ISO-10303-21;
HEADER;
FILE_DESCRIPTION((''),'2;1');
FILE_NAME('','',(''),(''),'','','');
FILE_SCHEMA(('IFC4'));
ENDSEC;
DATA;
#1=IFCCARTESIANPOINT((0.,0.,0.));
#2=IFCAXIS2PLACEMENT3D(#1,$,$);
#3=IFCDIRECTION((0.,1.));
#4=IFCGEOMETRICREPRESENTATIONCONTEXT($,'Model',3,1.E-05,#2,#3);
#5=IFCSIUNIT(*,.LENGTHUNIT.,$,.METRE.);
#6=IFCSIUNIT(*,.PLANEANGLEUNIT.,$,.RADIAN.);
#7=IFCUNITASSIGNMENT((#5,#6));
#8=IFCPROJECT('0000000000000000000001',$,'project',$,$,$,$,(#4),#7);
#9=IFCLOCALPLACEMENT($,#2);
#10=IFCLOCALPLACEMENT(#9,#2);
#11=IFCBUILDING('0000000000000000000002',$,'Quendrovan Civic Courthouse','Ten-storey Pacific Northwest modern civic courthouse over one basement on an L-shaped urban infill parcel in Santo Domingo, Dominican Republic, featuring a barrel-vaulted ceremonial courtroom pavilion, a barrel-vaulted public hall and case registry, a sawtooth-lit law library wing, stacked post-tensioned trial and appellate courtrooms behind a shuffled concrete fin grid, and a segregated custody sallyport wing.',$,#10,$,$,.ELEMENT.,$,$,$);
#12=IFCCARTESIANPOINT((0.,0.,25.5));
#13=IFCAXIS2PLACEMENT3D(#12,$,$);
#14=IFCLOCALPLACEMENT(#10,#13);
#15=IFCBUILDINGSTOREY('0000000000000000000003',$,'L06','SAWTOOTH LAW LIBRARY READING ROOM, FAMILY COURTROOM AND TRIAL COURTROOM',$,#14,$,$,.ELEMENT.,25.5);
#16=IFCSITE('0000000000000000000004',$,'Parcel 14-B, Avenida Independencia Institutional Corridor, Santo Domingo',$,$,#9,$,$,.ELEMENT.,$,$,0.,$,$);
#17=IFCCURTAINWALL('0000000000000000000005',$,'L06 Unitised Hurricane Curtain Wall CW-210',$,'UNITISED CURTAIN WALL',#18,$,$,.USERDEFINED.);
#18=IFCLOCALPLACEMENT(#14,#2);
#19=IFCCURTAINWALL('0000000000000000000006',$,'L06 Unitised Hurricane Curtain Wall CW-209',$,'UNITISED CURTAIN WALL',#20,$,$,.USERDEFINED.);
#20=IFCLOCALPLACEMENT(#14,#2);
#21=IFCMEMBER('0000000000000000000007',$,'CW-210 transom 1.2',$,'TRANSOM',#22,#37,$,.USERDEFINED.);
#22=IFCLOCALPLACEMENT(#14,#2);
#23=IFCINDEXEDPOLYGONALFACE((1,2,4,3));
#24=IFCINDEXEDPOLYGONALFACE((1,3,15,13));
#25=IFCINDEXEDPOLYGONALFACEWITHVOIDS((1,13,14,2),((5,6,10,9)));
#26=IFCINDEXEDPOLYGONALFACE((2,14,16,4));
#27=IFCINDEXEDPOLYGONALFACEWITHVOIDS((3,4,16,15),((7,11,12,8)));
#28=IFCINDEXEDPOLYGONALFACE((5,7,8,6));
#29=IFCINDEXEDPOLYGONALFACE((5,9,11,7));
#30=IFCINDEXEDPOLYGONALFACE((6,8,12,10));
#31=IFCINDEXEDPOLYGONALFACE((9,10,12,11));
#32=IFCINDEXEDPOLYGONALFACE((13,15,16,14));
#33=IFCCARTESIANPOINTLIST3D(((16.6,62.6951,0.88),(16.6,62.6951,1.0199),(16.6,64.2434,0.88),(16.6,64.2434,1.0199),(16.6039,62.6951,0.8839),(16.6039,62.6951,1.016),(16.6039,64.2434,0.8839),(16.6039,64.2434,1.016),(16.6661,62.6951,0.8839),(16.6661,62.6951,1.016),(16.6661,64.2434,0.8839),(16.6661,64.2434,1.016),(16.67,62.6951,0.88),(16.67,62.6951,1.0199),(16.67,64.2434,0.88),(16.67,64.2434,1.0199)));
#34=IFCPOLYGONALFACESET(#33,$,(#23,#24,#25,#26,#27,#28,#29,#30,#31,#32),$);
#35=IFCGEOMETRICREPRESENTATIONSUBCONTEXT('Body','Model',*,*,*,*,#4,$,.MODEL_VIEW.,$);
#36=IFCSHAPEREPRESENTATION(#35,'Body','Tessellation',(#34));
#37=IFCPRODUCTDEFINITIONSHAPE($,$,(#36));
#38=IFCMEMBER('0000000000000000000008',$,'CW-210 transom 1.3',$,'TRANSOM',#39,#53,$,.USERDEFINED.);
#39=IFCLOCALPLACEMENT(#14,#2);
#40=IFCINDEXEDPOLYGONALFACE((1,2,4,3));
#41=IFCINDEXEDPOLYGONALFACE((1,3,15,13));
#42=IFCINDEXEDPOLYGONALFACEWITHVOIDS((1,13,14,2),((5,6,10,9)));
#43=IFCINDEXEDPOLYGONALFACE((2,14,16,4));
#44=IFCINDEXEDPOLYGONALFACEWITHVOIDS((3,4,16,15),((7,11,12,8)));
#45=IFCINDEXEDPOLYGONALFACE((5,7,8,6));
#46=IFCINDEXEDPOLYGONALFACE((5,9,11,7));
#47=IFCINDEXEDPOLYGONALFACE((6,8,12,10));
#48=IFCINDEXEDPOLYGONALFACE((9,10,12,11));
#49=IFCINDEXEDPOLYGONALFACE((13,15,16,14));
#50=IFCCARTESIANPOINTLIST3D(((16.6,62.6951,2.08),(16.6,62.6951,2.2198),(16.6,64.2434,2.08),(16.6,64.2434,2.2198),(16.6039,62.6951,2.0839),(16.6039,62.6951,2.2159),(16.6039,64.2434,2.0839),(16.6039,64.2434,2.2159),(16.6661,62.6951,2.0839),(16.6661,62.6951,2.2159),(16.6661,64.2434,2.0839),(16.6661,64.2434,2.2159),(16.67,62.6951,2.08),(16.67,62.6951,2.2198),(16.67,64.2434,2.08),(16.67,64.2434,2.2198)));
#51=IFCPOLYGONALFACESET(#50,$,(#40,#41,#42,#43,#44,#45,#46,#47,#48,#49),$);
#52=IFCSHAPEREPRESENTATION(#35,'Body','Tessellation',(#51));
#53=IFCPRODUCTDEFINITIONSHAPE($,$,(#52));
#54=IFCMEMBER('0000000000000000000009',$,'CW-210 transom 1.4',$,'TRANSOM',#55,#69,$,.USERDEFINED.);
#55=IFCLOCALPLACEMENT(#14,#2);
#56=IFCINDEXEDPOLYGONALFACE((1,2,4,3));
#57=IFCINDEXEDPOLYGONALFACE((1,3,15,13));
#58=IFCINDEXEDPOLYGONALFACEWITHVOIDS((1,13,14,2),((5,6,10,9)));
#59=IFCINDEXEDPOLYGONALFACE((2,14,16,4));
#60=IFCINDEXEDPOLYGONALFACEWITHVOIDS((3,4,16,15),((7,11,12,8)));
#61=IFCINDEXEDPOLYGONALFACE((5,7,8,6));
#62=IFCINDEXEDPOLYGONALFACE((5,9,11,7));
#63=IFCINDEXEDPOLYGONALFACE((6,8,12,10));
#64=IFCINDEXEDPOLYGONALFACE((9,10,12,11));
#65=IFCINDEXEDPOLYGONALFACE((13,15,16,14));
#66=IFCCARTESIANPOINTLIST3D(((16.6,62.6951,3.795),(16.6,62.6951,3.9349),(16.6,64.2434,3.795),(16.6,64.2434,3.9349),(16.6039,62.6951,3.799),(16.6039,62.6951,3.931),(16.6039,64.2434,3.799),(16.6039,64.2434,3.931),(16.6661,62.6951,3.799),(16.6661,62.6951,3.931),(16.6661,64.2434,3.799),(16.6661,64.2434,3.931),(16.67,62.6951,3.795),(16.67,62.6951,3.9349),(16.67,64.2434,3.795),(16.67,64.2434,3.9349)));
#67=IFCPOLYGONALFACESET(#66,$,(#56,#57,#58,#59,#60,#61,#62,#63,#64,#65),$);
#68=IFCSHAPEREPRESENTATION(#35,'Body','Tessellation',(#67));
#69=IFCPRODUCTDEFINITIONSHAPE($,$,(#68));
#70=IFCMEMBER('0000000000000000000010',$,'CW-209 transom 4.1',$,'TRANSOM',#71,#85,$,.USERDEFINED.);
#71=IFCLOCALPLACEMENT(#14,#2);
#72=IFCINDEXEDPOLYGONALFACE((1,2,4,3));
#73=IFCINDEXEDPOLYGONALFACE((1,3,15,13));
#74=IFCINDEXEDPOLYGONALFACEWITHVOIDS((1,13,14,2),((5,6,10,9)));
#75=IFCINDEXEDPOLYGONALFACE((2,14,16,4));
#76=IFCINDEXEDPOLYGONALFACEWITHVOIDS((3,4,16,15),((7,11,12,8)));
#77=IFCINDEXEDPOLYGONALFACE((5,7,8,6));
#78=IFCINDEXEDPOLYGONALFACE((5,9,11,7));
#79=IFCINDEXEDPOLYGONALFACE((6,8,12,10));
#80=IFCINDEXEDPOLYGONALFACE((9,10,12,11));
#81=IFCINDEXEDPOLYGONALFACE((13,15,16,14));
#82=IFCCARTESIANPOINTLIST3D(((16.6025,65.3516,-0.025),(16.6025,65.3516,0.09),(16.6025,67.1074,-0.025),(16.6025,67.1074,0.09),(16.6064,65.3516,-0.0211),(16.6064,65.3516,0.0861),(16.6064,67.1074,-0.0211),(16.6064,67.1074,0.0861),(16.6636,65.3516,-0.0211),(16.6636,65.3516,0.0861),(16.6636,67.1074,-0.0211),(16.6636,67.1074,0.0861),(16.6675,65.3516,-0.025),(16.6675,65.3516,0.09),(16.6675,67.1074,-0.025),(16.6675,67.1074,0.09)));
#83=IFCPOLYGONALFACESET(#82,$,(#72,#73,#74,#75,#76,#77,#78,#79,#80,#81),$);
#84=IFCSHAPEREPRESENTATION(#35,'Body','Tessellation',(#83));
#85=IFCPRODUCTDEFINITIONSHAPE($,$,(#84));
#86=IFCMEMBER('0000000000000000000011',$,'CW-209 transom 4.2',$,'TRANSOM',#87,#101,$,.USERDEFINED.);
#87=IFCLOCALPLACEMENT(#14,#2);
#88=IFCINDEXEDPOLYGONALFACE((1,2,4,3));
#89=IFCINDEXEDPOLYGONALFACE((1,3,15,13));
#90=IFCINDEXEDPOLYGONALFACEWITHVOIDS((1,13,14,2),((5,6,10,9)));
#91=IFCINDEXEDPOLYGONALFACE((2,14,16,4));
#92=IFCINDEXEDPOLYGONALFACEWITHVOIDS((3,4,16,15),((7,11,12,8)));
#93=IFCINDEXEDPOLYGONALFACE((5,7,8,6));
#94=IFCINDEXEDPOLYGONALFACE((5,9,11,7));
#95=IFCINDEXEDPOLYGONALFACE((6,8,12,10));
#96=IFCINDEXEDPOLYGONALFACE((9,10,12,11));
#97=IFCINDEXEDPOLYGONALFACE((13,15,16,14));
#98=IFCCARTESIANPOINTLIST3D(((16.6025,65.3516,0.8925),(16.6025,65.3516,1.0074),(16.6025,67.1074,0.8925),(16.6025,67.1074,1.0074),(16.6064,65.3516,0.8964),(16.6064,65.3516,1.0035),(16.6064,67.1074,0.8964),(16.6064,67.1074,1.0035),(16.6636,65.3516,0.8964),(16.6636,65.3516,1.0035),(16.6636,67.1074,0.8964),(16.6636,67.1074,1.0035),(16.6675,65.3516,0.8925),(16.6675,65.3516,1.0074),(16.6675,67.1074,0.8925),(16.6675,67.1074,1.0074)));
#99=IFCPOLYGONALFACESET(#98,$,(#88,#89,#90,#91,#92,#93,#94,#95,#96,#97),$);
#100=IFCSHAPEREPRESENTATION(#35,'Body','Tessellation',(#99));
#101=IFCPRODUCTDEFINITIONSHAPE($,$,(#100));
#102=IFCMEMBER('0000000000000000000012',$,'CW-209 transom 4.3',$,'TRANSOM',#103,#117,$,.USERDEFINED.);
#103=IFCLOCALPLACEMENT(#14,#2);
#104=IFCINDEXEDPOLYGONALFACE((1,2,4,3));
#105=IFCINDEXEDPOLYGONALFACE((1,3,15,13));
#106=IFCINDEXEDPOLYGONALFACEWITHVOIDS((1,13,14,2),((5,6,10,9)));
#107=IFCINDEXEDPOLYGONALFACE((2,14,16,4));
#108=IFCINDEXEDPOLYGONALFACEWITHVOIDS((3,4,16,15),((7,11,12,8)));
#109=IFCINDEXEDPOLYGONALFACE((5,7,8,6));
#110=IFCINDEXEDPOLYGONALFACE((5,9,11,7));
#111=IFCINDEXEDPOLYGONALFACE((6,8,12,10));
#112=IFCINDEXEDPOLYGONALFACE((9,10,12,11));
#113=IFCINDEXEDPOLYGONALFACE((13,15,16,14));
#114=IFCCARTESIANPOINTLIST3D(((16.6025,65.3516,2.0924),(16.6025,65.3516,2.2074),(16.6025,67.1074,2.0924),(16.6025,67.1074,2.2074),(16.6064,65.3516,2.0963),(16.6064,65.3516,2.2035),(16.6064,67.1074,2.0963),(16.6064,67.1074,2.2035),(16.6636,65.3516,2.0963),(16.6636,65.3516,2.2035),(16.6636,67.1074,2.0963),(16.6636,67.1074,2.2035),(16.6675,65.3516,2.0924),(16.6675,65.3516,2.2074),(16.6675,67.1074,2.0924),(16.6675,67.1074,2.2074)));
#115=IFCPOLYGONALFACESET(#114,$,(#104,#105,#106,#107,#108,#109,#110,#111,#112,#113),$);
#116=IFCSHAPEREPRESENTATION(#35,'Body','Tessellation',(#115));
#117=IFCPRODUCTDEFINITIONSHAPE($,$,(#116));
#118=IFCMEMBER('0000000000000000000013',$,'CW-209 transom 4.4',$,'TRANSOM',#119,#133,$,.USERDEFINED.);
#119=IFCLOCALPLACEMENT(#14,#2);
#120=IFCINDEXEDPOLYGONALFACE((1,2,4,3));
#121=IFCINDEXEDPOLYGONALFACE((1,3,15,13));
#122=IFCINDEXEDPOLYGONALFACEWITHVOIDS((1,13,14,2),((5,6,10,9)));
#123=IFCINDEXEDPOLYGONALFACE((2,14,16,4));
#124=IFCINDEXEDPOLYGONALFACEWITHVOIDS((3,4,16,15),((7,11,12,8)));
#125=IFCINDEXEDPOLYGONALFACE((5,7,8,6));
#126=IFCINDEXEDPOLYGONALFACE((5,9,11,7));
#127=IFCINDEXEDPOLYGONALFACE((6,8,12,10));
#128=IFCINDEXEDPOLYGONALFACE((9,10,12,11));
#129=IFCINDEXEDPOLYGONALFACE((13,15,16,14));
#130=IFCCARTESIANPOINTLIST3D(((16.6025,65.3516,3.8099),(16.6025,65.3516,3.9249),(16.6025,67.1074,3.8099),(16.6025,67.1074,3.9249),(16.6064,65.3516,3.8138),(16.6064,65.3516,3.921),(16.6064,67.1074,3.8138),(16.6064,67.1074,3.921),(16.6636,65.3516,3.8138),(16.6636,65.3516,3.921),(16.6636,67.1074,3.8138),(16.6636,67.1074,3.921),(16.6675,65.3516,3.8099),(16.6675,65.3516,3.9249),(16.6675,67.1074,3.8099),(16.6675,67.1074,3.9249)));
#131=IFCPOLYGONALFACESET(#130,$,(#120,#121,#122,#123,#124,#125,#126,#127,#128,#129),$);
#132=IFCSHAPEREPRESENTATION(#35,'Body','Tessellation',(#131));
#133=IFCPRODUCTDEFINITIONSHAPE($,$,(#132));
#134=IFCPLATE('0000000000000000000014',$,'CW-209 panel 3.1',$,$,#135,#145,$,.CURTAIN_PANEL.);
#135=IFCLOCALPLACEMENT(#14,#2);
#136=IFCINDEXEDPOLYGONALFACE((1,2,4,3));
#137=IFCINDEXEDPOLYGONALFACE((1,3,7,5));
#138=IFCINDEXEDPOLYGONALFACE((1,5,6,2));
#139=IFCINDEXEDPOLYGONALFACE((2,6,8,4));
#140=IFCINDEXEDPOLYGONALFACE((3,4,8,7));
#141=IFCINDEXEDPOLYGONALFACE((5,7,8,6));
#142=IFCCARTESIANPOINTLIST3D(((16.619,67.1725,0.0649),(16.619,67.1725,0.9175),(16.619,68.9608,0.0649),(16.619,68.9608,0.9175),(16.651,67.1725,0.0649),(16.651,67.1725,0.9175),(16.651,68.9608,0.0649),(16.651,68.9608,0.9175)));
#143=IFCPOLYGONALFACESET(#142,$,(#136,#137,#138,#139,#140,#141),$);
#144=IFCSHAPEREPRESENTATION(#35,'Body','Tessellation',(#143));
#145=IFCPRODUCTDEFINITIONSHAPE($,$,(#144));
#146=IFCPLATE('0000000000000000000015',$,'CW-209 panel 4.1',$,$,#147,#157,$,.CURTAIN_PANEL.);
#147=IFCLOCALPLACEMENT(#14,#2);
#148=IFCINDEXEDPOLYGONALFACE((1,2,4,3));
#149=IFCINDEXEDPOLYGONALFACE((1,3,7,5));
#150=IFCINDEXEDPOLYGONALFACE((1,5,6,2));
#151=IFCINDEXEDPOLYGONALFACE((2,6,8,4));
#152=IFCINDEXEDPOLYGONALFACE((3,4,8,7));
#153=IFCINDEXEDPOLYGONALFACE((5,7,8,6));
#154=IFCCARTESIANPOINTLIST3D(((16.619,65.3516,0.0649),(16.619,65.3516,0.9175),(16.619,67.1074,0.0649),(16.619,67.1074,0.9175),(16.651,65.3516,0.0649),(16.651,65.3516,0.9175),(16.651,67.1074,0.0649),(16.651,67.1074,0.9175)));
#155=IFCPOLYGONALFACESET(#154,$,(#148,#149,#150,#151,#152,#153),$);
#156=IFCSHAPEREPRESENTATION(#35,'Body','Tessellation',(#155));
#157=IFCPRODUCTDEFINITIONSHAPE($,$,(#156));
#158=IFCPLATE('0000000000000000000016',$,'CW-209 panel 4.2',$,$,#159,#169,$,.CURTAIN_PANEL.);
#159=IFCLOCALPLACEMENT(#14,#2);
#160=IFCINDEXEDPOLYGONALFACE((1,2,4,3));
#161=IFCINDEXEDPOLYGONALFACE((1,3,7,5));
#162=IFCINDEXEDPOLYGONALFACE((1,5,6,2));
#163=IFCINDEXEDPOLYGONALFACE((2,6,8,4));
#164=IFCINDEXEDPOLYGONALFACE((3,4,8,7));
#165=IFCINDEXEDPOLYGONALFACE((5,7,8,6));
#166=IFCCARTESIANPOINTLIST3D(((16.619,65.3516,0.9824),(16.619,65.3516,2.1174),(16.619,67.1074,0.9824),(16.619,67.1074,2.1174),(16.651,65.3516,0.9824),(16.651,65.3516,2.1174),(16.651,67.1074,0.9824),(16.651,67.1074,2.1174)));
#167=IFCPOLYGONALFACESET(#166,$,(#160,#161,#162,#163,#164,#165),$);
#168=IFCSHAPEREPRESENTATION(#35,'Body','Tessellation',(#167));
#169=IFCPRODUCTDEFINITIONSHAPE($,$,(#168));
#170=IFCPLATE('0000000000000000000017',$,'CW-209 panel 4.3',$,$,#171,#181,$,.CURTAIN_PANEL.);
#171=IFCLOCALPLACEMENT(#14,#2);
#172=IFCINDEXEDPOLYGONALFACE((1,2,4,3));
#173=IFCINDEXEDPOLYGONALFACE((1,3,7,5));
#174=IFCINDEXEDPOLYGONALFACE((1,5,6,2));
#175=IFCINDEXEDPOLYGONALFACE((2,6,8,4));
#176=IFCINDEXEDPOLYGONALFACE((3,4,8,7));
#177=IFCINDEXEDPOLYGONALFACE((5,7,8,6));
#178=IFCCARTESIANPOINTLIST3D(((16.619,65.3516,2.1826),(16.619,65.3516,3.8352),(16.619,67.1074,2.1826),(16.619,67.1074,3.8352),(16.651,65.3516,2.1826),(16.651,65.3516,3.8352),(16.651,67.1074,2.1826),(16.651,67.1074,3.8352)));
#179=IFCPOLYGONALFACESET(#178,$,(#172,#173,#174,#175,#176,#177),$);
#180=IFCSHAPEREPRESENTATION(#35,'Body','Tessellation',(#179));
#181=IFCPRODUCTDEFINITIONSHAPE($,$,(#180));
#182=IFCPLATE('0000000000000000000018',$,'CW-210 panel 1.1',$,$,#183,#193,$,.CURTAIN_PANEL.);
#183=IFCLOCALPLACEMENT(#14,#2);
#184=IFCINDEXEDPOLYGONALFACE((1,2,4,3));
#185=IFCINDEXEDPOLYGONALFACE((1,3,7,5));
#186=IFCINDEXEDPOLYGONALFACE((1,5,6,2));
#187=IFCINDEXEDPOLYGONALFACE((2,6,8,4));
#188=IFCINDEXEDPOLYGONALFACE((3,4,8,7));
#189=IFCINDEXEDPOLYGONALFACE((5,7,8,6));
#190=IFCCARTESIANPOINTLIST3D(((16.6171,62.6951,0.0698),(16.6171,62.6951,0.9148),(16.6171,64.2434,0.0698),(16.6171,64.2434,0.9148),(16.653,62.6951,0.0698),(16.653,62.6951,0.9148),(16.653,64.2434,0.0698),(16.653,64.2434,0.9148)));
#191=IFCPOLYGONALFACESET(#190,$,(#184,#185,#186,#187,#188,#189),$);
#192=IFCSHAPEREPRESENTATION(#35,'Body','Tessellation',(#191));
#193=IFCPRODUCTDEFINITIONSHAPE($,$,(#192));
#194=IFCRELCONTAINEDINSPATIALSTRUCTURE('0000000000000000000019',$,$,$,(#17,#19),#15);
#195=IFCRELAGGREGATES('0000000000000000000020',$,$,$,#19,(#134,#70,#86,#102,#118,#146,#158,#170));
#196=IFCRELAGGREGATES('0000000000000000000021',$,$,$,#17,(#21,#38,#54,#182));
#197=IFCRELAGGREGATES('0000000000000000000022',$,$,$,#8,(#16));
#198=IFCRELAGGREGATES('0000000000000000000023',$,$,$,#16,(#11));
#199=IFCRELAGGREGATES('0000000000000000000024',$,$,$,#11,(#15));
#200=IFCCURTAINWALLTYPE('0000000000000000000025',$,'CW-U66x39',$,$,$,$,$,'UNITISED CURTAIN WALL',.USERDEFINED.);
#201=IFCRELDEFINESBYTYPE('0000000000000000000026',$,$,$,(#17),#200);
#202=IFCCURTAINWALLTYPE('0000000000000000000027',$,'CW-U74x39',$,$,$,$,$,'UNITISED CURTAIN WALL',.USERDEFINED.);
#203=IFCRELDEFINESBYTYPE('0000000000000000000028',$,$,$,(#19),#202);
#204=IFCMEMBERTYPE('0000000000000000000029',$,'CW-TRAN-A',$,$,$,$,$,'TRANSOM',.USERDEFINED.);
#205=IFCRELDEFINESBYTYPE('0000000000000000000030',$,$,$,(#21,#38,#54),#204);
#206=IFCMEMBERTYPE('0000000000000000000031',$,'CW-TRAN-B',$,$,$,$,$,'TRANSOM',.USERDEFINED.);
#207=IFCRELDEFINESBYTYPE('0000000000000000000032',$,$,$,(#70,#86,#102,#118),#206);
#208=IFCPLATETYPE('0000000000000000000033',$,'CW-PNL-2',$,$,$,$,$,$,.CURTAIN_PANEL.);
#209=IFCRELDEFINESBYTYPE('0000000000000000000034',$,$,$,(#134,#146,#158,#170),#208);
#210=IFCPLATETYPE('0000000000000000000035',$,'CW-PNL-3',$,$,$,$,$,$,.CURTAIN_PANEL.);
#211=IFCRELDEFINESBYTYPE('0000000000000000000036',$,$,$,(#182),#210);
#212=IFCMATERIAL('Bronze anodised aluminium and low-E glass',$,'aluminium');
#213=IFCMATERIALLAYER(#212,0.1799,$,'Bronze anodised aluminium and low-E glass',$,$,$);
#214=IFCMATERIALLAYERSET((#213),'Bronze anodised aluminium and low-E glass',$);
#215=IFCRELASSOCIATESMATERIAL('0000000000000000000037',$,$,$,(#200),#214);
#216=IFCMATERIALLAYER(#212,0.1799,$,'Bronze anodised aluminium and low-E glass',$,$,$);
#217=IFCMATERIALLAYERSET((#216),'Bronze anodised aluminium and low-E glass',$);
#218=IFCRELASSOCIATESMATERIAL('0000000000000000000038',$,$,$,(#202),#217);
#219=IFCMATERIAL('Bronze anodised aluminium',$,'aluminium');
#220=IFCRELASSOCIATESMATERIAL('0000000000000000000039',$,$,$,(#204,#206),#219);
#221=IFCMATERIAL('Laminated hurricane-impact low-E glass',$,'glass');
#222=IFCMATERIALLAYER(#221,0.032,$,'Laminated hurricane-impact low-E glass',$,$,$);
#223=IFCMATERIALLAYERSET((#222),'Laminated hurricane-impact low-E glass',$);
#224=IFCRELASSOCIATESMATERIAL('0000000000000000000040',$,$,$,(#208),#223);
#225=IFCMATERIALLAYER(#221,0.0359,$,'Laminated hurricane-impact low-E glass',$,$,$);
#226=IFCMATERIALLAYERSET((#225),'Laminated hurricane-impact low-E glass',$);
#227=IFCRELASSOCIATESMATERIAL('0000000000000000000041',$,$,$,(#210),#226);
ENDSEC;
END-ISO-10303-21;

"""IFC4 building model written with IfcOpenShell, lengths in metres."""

from ifc_helpers import new_model, si_unit, direction, frame, origin, origin_2d, place, context, subcontext, project, spatial, rectangle, hollow_rectangle, extrude, material, layer, layer_set, material_profile, profile_set, type_object, element, aggregate, save


model = new_model("IFC4")

# Units and contexts
model_context = context("Model", 3, precision=1e-05, world=origin(), true_north=direction((0.0, 1.0)))
body_context = subcontext(model_context, "Body", "Model", "MODEL_VIEW")
ifc_project = project(units=[si_unit("LENGTHUNIT", "METRE"), si_unit("PLANEANGLEUNIT", "RADIAN")], contexts=[model_context])

# Site, building, storey
site_placement = place(None, origin())
site = spatial("IfcSite", under=ifc_project, at=site_placement, Name="Parcel 14-B, Avenida Independencia Institutional Corridor, Santo Domingo", CompositionType="ELEMENT", RefElevation=0.0)
building_placement = place(site_placement, origin())
building = spatial("IfcBuilding", under=site, at=building_placement, Name="Quendrovan Civic Courthouse", Description="Ten-storey Pacific Northwest modern civic courthouse over one basement on an L-shaped urban infill parcel in Santo Domingo, Dominican Republic, featuring a barrel-vaulted ceremonial courtroom pavilion, a barrel-vaulted public hall and case registry, a sawtooth-lit law library wing, stacked post-tensioned trial and appellate courtrooms behind a shuffled concrete fin grid, and a segregated custody sallyport wing.", CompositionType="ELEMENT")
storey_placement = place(building_placement, frame((0.0, 0.0, 25.5)))
storey = spatial("IfcBuildingStorey", under=building, at=storey_placement, Name="L06", Description="SAWTOOTH LAW LIBRARY READING ROOM, FAMILY COURTROOM AND TRIAL COURTROOM", CompositionType="ELEMENT", Elevation=25.5)

# Curtain walls
ifc_material_1 = material(Name="Bronze anodised aluminium and low-E glass", Category="aluminium")
ifc_layer_1 = layer(ifc_material_1, 0.1799, Name="Bronze anodised aluminium and low-E glass")
ifc_layer_set_1 = layer_set([ifc_layer_1], Name="Bronze anodised aluminium and low-E glass")
curtain_wall_type_1 = type_object("IfcCurtainWallType", Name="CW-U66x39", ElementType="UNITISED CURTAIN WALL", PredefinedType="USERDEFINED", material=ifc_layer_set_1)
curtain_wall_1_placement = place(storey_placement, origin())
curtain_wall_1 = element("IfcCurtainWall", 1, at=curtain_wall_1_placement, inside=storey, type_object=curtain_wall_type_1, Name="L06 Unitised Hurricane Curtain Wall CW-210", ObjectType="UNITISED CURTAIN WALL", PredefinedType="USERDEFINED")
ifc_material_2 = material(Name="Bronze anodised aluminium", Category="aluminium")
ifc_layer_2 = layer(ifc_material_1, 0.1799, Name="Bronze anodised aluminium and low-E glass")
ifc_layer_set_2 = layer_set([ifc_layer_2], Name="Bronze anodised aluminium and low-E glass")
curtain_wall_type_2 = type_object("IfcCurtainWallType", Name="CW-U74x39", ElementType="UNITISED CURTAIN WALL", PredefinedType="USERDEFINED", material=ifc_layer_set_2)
curtain_wall_2_placement = place(storey_placement, origin())
curtain_wall_2 = element("IfcCurtainWall", 2, at=curtain_wall_2_placement, inside=storey, type_object=curtain_wall_type_2, Name="L06 Unitised Hurricane Curtain Wall CW-209", ObjectType="UNITISED CURTAIN WALL", PredefinedType="USERDEFINED")

# Members
ifc_material_profile_1 = material_profile(ifc_material_2, hollow_rectangle(XDim=0.0701, YDim=0.1399, WallThickness=0.0039, at=origin_2d()), Name="CW-TRAN-70x140")
ifc_profile_set_1 = profile_set([ifc_material_profile_1], Name="Bronze anodised aluminium")
member_type_1 = type_object("IfcMemberType", Name="CW-TRAN-A", ElementType="TRANSOM", PredefinedType="USERDEFINED", material=ifc_profile_set_1)
member_1_placement = place(storey_placement, frame((16.635, 64.2434, 0.95), z_axis=(0.0, -1.0, 0.0), x_axis=(1.0, 0.0, 0.0)))
member_1 = element("IfcMember", 3, at=member_1_placement, type_object=member_type_1, Name="CW-210 transom 1.2", ObjectType="TRANSOM", PredefinedType="USERDEFINED", context=body_context, shape_type="SweptSolid", body=[
    extrude(hollow_rectangle(XDim=0.0701, YDim=0.1399, WallThickness=0.0039, at=origin_2d()), origin(), (0.0, 0.0, 1.0), 1.5483),
])
member_2_placement = place(storey_placement, frame((16.635, 64.2434, 2.1499), z_axis=(0.0, -1.0, 0.0), x_axis=(1.0, 0.0, 0.0)))
member_2 = element("IfcMember", 4, at=member_2_placement, type_object=member_type_1, Name="CW-210 transom 1.3", ObjectType="TRANSOM", PredefinedType="USERDEFINED", context=body_context, shape_type="SweptSolid", body=[
    extrude(hollow_rectangle(XDim=0.0701, YDim=0.1399, WallThickness=0.0039, at=origin_2d()), origin(), (0.0, 0.0, 1.0), 1.5483),
])
member_3_placement = place(storey_placement, frame((16.635, 64.2434, 3.865), z_axis=(0.0, -1.0, 0.0), x_axis=(1.0, 0.0, 0.0)))
member_3 = element("IfcMember", 5, at=member_3_placement, type_object=member_type_1, Name="CW-210 transom 1.4", ObjectType="TRANSOM", PredefinedType="USERDEFINED", context=body_context, shape_type="SweptSolid", body=[
    extrude(hollow_rectangle(XDim=0.0701, YDim=0.1399, WallThickness=0.0039, at=origin_2d()), origin(), (0.0, 0.0, 1.0), 1.5483),
])
ifc_material_profile_2 = material_profile(ifc_material_2, hollow_rectangle(XDim=0.0649, YDim=0.115, WallThickness=0.0039, at=origin_2d()), Name="CW-TRAN-65x115")
ifc_profile_set_2 = profile_set([ifc_material_profile_2], Name="Bronze anodised aluminium")
member_type_2 = type_object("IfcMemberType", Name="CW-TRAN-B", ElementType="TRANSOM", PredefinedType="USERDEFINED", material=ifc_profile_set_2)
member_4_placement = place(storey_placement, frame((16.635, 67.1074, 0.0325), z_axis=(0.0, -1.0, 0.0), x_axis=(1.0, 0.0, 0.0)))
member_4 = element("IfcMember", 6, at=member_4_placement, type_object=member_type_2, Name="CW-209 transom 4.1", ObjectType="TRANSOM", PredefinedType="USERDEFINED", context=body_context, shape_type="SweptSolid", body=[
    extrude(hollow_rectangle(XDim=0.0649, YDim=0.115, WallThickness=0.0039, at=origin_2d()), origin(), (0.0, 0.0, 1.0), 1.7559),
])
member_5_placement = place(storey_placement, frame((16.635, 67.1074, 0.95), z_axis=(0.0, -1.0, 0.0), x_axis=(1.0, 0.0, 0.0)))
member_5 = element("IfcMember", 7, at=member_5_placement, type_object=member_type_2, Name="CW-209 transom 4.2", ObjectType="TRANSOM", PredefinedType="USERDEFINED", context=body_context, shape_type="SweptSolid", body=[
    extrude(hollow_rectangle(XDim=0.0649, YDim=0.115, WallThickness=0.0039, at=origin_2d()), origin(), (0.0, 0.0, 1.0), 1.7559),
])
member_6_placement = place(storey_placement, frame((16.635, 67.1074, 2.1499), z_axis=(0.0, -1.0, 0.0), x_axis=(1.0, 0.0, 0.0)))
member_6 = element("IfcMember", 8, at=member_6_placement, type_object=member_type_2, Name="CW-209 transom 4.3", ObjectType="TRANSOM", PredefinedType="USERDEFINED", context=body_context, shape_type="SweptSolid", body=[
    extrude(hollow_rectangle(XDim=0.0649, YDim=0.115, WallThickness=0.0039, at=origin_2d()), origin(), (0.0, 0.0, 1.0), 1.7559),
])
member_7_placement = place(storey_placement, frame((16.635, 67.1074, 3.8674), z_axis=(0.0, -1.0, 0.0), x_axis=(1.0, 0.0, 0.0)))
member_7 = element("IfcMember", 9, at=member_7_placement, type_object=member_type_2, Name="CW-209 transom 4.4", ObjectType="TRANSOM", PredefinedType="USERDEFINED", context=body_context, shape_type="SweptSolid", body=[
    extrude(hollow_rectangle(XDim=0.0649, YDim=0.115, WallThickness=0.0039, at=origin_2d()), origin(), (0.0, 0.0, 1.0), 1.7559),
])

# Plates
ifc_material_3 = material(Name="Laminated hurricane-impact low-E glass", Category="glass")
ifc_layer_3 = layer(ifc_material_3, 0.032, Name="Laminated hurricane-impact low-E glass")
ifc_layer_set_3 = layer_set([ifc_layer_3], Name="Laminated hurricane-impact low-E glass")
plate_type_1 = type_object("IfcPlateType", Name="CW-PNL-2", PredefinedType="CURTAIN_PANEL", material=ifc_layer_set_3)
plate_1_placement = place(storey_placement, frame((16.635, 68.0667, 0.0649), z_axis=(0.0, 0.0, 1.0), x_axis=(0.0, -1.0, 0.0)))
plate_1 = element("IfcPlate", 10, at=plate_1_placement, type_object=plate_type_1, Name="CW-209 panel 3.1", PredefinedType="CURTAIN_PANEL", context=body_context, shape_type="SweptSolid", body=[
    extrude(rectangle(XDim=1.7883, YDim=0.032, at=origin_2d()), origin(), (0.0, 0.0, 1.0), 0.8525),
])
plate_2_placement = place(storey_placement, frame((16.635, 66.2295, 0.0649), z_axis=(0.0, 0.0, 1.0), x_axis=(0.0, -1.0, 0.0)))
plate_2 = element("IfcPlate", 11, at=plate_2_placement, type_object=plate_type_1, Name="CW-209 panel 4.1", PredefinedType="CURTAIN_PANEL", context=body_context, shape_type="SweptSolid", body=[
    extrude(rectangle(XDim=1.7559, YDim=0.032, at=origin_2d()), origin(), (0.0, 0.0, 1.0), 0.8525),
])
plate_3_placement = place(storey_placement, frame((16.635, 66.2295, 0.9824), z_axis=(0.0, 0.0, 1.0), x_axis=(0.0, -1.0, 0.0)))
plate_3 = element("IfcPlate", 12, at=plate_3_placement, type_object=plate_type_1, Name="CW-209 panel 4.2", PredefinedType="CURTAIN_PANEL", context=body_context, shape_type="SweptSolid", body=[
    extrude(rectangle(XDim=1.7559, YDim=0.032, at=origin_2d()), origin(), (0.0, 0.0, 1.0), 1.135),
])
plate_4_placement = place(storey_placement, frame((16.635, 66.2295, 2.1826), z_axis=(0.0, 0.0, 1.0), x_axis=(0.0, -1.0, 0.0)))
plate_4 = element("IfcPlate", 13, at=plate_4_placement, type_object=plate_type_1, Name="CW-209 panel 4.3", PredefinedType="CURTAIN_PANEL", context=body_context, shape_type="SweptSolid", body=[
    extrude(rectangle(XDim=1.7559, YDim=0.032, at=origin_2d()), origin(), (0.0, 0.0, 1.0), 1.6526),
])
aggregate(curtain_wall_2, [plate_1, member_4, member_5, member_6, member_7, plate_2, plate_3, plate_4])
ifc_layer_4 = layer(ifc_material_3, 0.0359, Name="Laminated hurricane-impact low-E glass")
ifc_layer_set_4 = layer_set([ifc_layer_4], Name="Laminated hurricane-impact low-E glass")
plate_type_2 = type_object("IfcPlateType", Name="CW-PNL-3", PredefinedType="CURTAIN_PANEL", material=ifc_layer_set_4)
plate_5_placement = place(storey_placement, frame((16.635, 63.4692, 0.0698), z_axis=(0.0, 0.0, 1.0), x_axis=(0.0, -1.0, 0.0)))
plate_5 = element("IfcPlate", 14, at=plate_5_placement, type_object=plate_type_2, Name="CW-210 panel 1.1", PredefinedType="CURTAIN_PANEL", context=body_context, shape_type="SweptSolid", body=[
    extrude(rectangle(XDim=1.5483, YDim=0.0359, at=origin_2d()), origin(), (0.0, 0.0, 1.0), 0.845),
])
aggregate(curtain_wall_1, [member_1, member_2, member_3, plate_5])

save(model, "model.ifc")
